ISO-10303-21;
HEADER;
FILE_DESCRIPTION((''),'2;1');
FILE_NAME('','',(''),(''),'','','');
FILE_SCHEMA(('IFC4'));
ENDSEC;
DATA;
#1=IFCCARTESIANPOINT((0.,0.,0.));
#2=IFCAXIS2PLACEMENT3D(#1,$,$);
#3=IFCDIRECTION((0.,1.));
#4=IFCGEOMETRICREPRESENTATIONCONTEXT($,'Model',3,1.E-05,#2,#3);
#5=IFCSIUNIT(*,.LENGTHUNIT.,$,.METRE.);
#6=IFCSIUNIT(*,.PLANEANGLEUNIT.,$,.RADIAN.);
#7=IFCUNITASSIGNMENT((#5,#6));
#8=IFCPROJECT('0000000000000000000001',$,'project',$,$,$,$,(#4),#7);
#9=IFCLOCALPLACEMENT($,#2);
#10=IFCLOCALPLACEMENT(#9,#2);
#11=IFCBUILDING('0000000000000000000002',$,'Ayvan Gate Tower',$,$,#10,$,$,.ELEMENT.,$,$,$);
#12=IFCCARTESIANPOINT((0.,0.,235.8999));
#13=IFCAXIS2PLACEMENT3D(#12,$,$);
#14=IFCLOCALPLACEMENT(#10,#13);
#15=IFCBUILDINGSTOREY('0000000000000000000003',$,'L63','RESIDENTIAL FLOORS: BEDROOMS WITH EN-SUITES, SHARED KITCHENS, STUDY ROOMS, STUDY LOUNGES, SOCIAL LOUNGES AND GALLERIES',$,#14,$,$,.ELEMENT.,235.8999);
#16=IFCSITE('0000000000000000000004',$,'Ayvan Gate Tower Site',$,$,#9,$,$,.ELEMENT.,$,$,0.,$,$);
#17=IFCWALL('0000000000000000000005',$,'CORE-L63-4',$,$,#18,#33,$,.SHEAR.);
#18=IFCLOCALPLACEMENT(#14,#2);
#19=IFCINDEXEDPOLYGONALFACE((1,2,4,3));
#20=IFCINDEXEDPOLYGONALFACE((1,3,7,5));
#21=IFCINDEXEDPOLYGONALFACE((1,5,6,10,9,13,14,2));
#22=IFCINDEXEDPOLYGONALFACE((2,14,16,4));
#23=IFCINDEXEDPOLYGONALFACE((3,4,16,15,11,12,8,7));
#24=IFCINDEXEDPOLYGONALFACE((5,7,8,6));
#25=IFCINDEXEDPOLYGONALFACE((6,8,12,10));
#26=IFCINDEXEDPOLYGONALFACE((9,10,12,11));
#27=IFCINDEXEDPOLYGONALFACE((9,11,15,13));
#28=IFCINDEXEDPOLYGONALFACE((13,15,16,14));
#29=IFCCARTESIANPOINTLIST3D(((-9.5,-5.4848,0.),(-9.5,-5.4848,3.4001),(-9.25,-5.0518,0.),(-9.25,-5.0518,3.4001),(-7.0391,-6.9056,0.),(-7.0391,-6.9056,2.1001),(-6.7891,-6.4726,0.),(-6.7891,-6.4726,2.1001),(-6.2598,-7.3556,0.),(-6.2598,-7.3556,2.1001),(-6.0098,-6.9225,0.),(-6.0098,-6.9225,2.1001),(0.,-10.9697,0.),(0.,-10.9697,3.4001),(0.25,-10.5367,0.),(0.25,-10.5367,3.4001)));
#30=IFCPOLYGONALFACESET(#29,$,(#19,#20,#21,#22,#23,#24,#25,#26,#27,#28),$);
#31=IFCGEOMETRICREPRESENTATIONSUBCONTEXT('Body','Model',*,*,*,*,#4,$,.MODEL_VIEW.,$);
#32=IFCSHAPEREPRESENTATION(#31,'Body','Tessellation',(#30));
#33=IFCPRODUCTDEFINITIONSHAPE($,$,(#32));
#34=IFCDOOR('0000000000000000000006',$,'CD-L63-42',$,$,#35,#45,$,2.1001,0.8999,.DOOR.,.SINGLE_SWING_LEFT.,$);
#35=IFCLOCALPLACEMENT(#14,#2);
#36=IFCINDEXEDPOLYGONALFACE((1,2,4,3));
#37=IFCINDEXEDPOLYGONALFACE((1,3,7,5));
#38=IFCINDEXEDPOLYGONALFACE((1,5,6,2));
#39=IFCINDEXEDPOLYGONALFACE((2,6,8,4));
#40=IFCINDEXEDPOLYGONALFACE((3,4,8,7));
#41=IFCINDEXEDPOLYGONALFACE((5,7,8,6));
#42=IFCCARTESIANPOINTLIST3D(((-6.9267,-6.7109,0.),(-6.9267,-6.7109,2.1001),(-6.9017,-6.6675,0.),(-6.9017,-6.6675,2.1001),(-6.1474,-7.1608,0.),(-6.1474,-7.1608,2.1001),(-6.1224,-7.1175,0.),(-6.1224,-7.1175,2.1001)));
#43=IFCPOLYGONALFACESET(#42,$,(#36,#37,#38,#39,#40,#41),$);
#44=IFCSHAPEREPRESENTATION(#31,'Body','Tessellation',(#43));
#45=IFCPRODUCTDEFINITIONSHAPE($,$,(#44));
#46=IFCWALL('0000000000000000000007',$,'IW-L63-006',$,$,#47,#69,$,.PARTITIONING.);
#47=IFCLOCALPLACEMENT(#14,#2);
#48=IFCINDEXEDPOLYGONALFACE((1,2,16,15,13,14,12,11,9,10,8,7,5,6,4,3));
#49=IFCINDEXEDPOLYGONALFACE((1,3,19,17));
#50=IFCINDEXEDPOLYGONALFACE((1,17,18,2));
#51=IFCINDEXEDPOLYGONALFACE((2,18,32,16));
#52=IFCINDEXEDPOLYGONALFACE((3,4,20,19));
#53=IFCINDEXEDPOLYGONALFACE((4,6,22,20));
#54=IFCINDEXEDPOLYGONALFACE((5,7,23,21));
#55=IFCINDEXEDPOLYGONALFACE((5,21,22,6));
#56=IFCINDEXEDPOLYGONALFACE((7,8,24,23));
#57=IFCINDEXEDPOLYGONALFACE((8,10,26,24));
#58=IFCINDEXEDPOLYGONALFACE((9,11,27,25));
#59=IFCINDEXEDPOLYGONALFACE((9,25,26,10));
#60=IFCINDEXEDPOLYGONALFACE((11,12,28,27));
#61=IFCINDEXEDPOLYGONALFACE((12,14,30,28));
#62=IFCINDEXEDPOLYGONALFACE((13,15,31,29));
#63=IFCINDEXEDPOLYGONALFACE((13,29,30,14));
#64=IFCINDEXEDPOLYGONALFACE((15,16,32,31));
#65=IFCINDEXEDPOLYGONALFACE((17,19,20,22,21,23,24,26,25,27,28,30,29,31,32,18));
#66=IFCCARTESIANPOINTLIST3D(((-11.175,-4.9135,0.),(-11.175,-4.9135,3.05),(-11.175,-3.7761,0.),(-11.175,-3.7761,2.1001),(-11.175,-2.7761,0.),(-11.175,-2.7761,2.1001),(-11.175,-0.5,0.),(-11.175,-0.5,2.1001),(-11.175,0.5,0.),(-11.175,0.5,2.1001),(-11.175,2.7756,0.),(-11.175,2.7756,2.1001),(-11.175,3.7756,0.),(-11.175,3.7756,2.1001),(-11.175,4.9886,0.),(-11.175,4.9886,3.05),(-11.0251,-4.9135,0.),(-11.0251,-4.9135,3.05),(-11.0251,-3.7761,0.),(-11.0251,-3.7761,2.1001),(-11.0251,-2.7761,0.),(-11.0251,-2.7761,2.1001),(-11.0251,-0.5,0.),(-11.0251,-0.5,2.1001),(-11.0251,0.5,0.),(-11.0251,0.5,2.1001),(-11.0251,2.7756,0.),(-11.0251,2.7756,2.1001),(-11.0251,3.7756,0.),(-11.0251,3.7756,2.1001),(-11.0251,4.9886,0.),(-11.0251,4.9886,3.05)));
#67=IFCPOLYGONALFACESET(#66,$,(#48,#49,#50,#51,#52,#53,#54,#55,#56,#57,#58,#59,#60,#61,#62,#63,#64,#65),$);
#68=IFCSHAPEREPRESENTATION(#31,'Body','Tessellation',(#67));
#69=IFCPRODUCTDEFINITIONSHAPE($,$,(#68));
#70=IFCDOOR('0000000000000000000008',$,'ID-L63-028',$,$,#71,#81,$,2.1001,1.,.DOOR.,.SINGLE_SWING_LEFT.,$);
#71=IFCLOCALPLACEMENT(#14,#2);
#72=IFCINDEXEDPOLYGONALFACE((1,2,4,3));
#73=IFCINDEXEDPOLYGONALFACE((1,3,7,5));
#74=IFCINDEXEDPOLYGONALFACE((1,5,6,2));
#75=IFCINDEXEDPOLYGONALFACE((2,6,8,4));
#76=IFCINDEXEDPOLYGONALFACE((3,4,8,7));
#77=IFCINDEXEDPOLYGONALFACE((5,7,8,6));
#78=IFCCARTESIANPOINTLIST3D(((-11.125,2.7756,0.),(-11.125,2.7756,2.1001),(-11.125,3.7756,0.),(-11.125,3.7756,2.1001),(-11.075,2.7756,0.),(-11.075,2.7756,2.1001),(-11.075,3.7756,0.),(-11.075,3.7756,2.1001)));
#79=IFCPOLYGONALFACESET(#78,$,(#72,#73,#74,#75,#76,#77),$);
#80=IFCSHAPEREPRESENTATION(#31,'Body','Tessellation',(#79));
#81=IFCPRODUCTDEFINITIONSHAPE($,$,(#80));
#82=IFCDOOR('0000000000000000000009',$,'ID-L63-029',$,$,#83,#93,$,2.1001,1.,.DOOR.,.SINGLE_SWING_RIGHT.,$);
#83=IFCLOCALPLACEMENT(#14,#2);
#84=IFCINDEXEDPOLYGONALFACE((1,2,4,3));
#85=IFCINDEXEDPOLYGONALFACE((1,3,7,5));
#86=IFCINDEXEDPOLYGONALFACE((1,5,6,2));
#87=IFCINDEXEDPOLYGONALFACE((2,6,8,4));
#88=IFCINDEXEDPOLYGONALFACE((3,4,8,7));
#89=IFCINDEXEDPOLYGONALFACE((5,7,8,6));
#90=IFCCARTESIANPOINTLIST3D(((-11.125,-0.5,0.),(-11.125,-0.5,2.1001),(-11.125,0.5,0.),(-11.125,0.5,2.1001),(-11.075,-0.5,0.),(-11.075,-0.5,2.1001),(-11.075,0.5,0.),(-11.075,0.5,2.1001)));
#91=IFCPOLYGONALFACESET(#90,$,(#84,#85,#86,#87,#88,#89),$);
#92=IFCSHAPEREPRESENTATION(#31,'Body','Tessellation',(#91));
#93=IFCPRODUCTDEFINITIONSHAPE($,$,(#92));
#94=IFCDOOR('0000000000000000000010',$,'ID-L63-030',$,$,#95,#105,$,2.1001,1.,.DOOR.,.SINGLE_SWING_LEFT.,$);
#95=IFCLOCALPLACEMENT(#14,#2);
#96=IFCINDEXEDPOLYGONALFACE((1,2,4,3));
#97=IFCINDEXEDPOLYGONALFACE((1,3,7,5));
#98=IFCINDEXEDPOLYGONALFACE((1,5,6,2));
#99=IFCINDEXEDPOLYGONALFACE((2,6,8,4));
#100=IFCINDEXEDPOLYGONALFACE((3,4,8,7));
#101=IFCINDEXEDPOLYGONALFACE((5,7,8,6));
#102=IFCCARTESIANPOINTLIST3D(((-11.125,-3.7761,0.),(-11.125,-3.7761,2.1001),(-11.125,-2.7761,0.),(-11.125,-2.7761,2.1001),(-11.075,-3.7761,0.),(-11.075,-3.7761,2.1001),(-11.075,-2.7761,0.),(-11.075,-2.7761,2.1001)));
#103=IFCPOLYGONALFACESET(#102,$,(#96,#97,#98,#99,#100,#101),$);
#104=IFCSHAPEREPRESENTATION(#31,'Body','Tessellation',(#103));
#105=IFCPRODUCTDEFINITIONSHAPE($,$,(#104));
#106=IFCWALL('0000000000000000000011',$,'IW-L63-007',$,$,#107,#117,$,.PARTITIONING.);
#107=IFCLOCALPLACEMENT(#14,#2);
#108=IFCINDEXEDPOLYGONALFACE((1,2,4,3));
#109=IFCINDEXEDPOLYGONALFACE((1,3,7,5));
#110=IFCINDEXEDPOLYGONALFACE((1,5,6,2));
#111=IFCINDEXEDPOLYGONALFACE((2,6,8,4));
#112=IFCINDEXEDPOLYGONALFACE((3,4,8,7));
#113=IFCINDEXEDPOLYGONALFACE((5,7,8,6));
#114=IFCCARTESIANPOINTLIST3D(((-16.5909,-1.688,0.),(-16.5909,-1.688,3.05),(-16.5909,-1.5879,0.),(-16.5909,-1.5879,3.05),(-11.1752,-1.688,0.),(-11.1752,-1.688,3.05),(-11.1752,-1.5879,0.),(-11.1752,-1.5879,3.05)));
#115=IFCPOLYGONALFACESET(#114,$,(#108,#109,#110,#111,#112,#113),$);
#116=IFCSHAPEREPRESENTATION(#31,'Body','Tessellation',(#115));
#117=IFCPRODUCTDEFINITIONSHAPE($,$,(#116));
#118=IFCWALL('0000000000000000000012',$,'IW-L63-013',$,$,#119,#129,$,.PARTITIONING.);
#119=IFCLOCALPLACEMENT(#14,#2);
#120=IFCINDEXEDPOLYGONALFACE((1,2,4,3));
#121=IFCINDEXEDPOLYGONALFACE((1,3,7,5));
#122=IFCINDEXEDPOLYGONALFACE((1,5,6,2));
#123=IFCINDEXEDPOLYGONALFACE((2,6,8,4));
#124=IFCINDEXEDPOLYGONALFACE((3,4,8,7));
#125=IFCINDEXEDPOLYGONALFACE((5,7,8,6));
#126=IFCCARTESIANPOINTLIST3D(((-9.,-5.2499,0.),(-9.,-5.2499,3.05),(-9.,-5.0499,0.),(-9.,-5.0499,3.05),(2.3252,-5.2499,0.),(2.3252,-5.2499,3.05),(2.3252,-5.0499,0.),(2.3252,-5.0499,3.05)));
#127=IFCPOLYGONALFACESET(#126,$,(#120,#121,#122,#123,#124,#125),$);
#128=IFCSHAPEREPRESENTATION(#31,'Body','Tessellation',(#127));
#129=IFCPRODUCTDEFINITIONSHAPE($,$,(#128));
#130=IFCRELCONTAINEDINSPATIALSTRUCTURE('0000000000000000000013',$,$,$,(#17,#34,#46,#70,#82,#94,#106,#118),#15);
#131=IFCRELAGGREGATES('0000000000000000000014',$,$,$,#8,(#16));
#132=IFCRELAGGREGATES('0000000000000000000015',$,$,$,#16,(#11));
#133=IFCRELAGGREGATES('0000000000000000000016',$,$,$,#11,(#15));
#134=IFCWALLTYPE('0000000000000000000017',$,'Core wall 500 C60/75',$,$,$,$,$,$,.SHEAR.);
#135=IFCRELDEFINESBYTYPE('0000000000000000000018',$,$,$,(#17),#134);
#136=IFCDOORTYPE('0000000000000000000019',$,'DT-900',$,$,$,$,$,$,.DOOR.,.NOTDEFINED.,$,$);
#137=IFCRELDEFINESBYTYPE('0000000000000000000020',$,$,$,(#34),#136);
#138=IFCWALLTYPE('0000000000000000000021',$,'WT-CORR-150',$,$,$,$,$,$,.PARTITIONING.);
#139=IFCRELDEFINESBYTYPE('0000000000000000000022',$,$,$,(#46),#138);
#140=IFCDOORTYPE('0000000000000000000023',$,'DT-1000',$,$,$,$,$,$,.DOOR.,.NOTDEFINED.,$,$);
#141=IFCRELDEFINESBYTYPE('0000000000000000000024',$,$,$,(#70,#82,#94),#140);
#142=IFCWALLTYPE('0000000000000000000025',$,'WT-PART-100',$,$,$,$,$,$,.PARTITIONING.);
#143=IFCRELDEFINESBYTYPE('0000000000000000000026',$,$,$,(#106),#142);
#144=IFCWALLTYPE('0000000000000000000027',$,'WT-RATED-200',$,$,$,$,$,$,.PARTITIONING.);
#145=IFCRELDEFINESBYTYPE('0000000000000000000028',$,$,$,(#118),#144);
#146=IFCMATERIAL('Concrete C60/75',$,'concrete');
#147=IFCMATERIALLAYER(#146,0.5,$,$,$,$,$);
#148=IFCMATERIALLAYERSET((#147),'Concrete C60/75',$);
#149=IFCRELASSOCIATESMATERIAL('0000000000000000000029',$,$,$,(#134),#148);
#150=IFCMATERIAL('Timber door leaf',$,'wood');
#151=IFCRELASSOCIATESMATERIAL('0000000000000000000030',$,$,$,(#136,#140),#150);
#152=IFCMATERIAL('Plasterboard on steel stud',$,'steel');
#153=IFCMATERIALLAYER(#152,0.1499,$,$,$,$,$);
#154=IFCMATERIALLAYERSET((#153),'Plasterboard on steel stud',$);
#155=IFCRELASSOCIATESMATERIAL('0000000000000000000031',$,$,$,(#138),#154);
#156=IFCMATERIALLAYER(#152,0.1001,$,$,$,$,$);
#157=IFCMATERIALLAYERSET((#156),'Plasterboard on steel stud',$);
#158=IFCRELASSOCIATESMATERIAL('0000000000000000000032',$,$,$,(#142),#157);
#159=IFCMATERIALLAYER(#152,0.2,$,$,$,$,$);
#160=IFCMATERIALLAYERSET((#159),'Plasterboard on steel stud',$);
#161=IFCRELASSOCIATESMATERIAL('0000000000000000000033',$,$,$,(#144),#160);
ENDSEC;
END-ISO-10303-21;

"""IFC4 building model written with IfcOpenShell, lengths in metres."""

from ifc_helpers import new_model, si_unit, direction, frame, frame_2d, origin, place, context, subcontext, project, spatial, rectangle, extrude, material, layer, layer_set, type_object, element, fill, save


model = new_model("IFC4")

# Units and contexts
model_context = context("Model", 3, precision=1e-05, world=origin(), true_north=direction((0.0, 1.0)))
body_context = subcontext(model_context, "Body", "Model", "MODEL_VIEW")
ifc_project = project(units=[si_unit("LENGTHUNIT", "METRE"), si_unit("PLANEANGLEUNIT", "RADIAN")], contexts=[model_context])

# Site, building, storey
site_placement = place(None, origin())
site = spatial("IfcSite", under=ifc_project, at=site_placement, Name="Ayvan Gate Tower Site", CompositionType="ELEMENT", RefElevation=0.0)
building_placement = place(site_placement, origin())
building = spatial("IfcBuilding", under=site, at=building_placement, Name="Ayvan Gate Tower", CompositionType="ELEMENT")
storey_placement = place(building_placement, frame((0.0, 0.0, 235.8999)))
storey = spatial("IfcBuildingStorey", under=building, at=storey_placement, Name="L63", Description="RESIDENTIAL FLOORS: BEDROOMS WITH EN-SUITES, SHARED KITCHENS, STUDY ROOMS, STUDY LOUNGES, SOCIAL LOUNGES AND GALLERIES", CompositionType="ELEMENT", Elevation=235.8999)

# Wall, opening, door
ifc_material_1 = material(Name="Concrete C60/75", Category="concrete")
ifc_layer_1 = layer(ifc_material_1, 0.5)
ifc_layer_set_1 = layer_set([ifc_layer_1], Name="Concrete C60/75")
wall_type_1 = type_object("IfcWallType", Name="Core wall 500 C60/75", PredefinedType="SHEAR", material=ifc_layer_set_1)
wall_1_placement = place(storey_placement, frame((-9.375, -5.2683, 0.0), z_axis=(0.0, 0.0, 1.0), x_axis=(0.866024, -0.500002, 0.0)))
wall_1 = element("IfcWall", 1, at=wall_1_placement, inside=storey, type_object=wall_type_1, Name="CORE-L63-4", PredefinedType="SHEAR", context=body_context, shape_type="SweptSolid", body=[
    extrude(rectangle(XDim=10.9697, YDim=0.5, at=frame_2d((5.4849, 0.0))), origin(), (0.0, 0.0, 1.0), 3.4001),
])
opening_1_placement = place(wall_1_placement, frame((2.8416, 0.0, 0.0)))
opening_1 = element("IfcOpeningElement", 2, at=opening_1_placement, cuts=wall_1, PredefinedType="OPENING", context=body_context, shape_type="SweptSolid", body=[
    extrude(rectangle(XDim=0.8999, YDim=2.1001, at=frame_2d((0.45, 1.05))), frame((0.0, 0.26, 0.0), z_axis=(0.0, -1.0, 0.0), x_axis=(1.0, 0.0, 0.0)), (0.0, 0.0, 1.0), 0.52),
])
ifc_material_2 = material(Name="Timber door leaf", Category="wood")
door_type_1 = type_object("IfcDoorType", Name="DT-900", OperationType="NOTDEFINED", PredefinedType="DOOR", material=ifc_material_2)
door_1_placement = place(opening_1_placement, origin())
door_1 = element("IfcDoor", 3, at=door_1_placement, inside=storey, type_object=door_type_1, Name="CD-L63-42", OperationType="SINGLE_SWING_LEFT", OverallHeight=2.1001, OverallWidth=0.8999, PredefinedType="DOOR", context=body_context, shape_type="SweptSolid", body=[
    extrude(rectangle(XDim=0.8999, YDim=2.1001, at=frame_2d((0.45, 1.05))), frame((0.0, 0.0249, 0.0), z_axis=(0.0, -1.0, 0.0), x_axis=(1.0, 0.0, 0.0)), (0.0, 0.0, 1.0), 0.05),
])
fill(opening_1, door_1)

# Wall, openings, doors
ifc_material_3 = material(Name="Plasterboard on steel stud", Category="steel")
ifc_layer_2 = layer(ifc_material_3, 0.1499)
ifc_layer_set_2 = layer_set([ifc_layer_2], Name="Plasterboard on steel stud")
wall_type_2 = type_object("IfcWallType", Name="WT-CORR-150", PredefinedType="PARTITIONING", material=ifc_layer_set_2)
wall_2_placement = place(storey_placement, frame((-11.1001, -4.9136, 0.0), z_axis=(0.0, 0.0, 1.0), x_axis=(0.0, 1.0, 0.0)))
wall_2 = element("IfcWall", 4, at=wall_2_placement, inside=storey, type_object=wall_type_2, Name="IW-L63-006", PredefinedType="PARTITIONING", context=body_context, shape_type="SweptSolid", body=[
    extrude(rectangle(XDim=9.9021, YDim=0.1499, at=frame_2d((4.9512, 0.0))), origin(), (0.0, 0.0, 1.0), 3.05),
])
opening_2_placement = place(wall_2_placement, frame((7.6892, 0.0, 0.0)))
opening_2 = element("IfcOpeningElement", 5, at=opening_2_placement, cuts=wall_2, PredefinedType="OPENING", context=body_context, shape_type="SweptSolid", body=[
    extrude(rectangle(XDim=1.0, YDim=2.1001, at=frame_2d((0.5, 1.05))), frame((0.0, 0.085, 0.0), z_axis=(0.0, -1.0, 0.0), x_axis=(1.0, 0.0, 0.0)), (0.0, 0.0, 1.0), 0.1699),
])
opening_3_placement = place(wall_2_placement, frame((4.4136, 0.0, 0.0)))
opening_3 = element("IfcOpeningElement", 6, at=opening_3_placement, cuts=wall_2, PredefinedType="OPENING", context=body_context, shape_type="SweptSolid", body=[
    extrude(rectangle(XDim=1.0, YDim=2.1001, at=frame_2d((0.5, 1.05))), frame((0.0, 0.085, 0.0), z_axis=(0.0, -1.0, 0.0), x_axis=(1.0, 0.0, 0.0)), (0.0, 0.0, 1.0), 0.1699),
])
opening_4_placement = place(wall_2_placement, frame((1.1375, 0.0, 0.0)))
opening_4 = element("IfcOpeningElement", 7, at=opening_4_placement, cuts=wall_2, PredefinedType="OPENING", context=body_context, shape_type="SweptSolid", body=[
    extrude(rectangle(XDim=1.0, YDim=2.1001, at=frame_2d((0.5, 1.05))), frame((0.0, 0.085, 0.0), z_axis=(0.0, -1.0, 0.0), x_axis=(1.0, 0.0, 0.0)), (0.0, 0.0, 1.0), 0.1699),
])
door_type_2 = type_object("IfcDoorType", Name="DT-1000", OperationType="NOTDEFINED", PredefinedType="DOOR", material=ifc_material_2)
door_2_placement = place(opening_2_placement, origin())
door_2 = element("IfcDoor", 8, at=door_2_placement, inside=storey, type_object=door_type_2, Name="ID-L63-028", OperationType="SINGLE_SWING_LEFT", OverallHeight=2.1001, OverallWidth=1.0, PredefinedType="DOOR", context=body_context, shape_type="SweptSolid", body=[
    extrude(rectangle(XDim=1.0, YDim=2.1001, at=frame_2d((0.5, 1.05))), frame((0.0, 0.0249, 0.0), z_axis=(0.0, -1.0, 0.0), x_axis=(1.0, 0.0, 0.0)), (0.0, 0.0, 1.0), 0.05),
])
fill(opening_2, door_2)
door_3_placement = place(opening_3_placement, origin())
door_3 = element("IfcDoor", 9, at=door_3_placement, inside=storey, type_object=door_type_2, Name="ID-L63-029", OperationType="SINGLE_SWING_RIGHT", OverallHeight=2.1001, OverallWidth=1.0, PredefinedType="DOOR", context=body_context, shape_type="SweptSolid", body=[
    extrude(rectangle(XDim=1.0, YDim=2.1001, at=frame_2d((0.5, 1.05))), frame((0.0, 0.0249, 0.0), z_axis=(0.0, -1.0, 0.0), x_axis=(1.0, 0.0, 0.0)), (0.0, 0.0, 1.0), 0.05),
])
fill(opening_3, door_3)
door_4_placement = place(opening_4_placement, origin())
door_4 = element("IfcDoor", 10, at=door_4_placement, inside=storey, type_object=door_type_2, Name="ID-L63-030", OperationType="SINGLE_SWING_LEFT", OverallHeight=2.1001, OverallWidth=1.0, PredefinedType="DOOR", context=body_context, shape_type="SweptSolid", body=[
    extrude(rectangle(XDim=1.0, YDim=2.1001, at=frame_2d((0.5, 1.05))), frame((0.0, 0.0249, 0.0), z_axis=(0.0, -1.0, 0.0), x_axis=(1.0, 0.0, 0.0)), (0.0, 0.0, 1.0), 0.05),
])
fill(opening_4, door_4)

# Walls
ifc_layer_3 = layer(ifc_material_3, 0.1001)
ifc_layer_set_3 = layer_set([ifc_layer_3], Name="Plasterboard on steel stud")
wall_type_3 = type_object("IfcWallType", Name="WT-PART-100", PredefinedType="PARTITIONING", material=ifc_layer_set_3)
wall_3_placement = place(storey_placement, frame((-11.175, -1.6379, 0.0), z_axis=(0.0, 0.0, 1.0), x_axis=(-1.0, 0.0, 0.0)))
element("IfcWall", 11, at=wall_3_placement, inside=storey, type_object=wall_type_3, Name="IW-L63-007", PredefinedType="PARTITIONING", context=body_context, shape_type="SweptSolid", body=[
    extrude(rectangle(XDim=5.4158, YDim=0.1001, at=frame_2d((2.708, 0.0))), origin(), (0.0, 0.0, 1.0), 3.05),
])
ifc_layer_4 = layer(ifc_material_3, 0.2)
ifc_layer_set_4 = layer_set([ifc_layer_4], Name="Plasterboard on steel stud")
wall_type_4 = type_object("IfcWallType", Name="WT-RATED-200", PredefinedType="PARTITIONING", material=ifc_layer_set_4)
wall_4_placement = place(storey_placement, frame((-9.0, -5.1499, 0.0), z_axis=(0.0, 0.0, 1.0), x_axis=(1.0, 0.0, 0.0)))
element("IfcWall", 12, at=wall_4_placement, inside=storey, type_object=wall_type_4, Name="IW-L63-013", PredefinedType="PARTITIONING", context=body_context, shape_type="SweptSolid", body=[
    extrude(rectangle(XDim=11.3252, YDim=0.2, at=frame_2d((5.6626, 0.0))), origin(), (0.0, 0.0, 1.0), 3.05),
])

save(model, "model.ifc")
